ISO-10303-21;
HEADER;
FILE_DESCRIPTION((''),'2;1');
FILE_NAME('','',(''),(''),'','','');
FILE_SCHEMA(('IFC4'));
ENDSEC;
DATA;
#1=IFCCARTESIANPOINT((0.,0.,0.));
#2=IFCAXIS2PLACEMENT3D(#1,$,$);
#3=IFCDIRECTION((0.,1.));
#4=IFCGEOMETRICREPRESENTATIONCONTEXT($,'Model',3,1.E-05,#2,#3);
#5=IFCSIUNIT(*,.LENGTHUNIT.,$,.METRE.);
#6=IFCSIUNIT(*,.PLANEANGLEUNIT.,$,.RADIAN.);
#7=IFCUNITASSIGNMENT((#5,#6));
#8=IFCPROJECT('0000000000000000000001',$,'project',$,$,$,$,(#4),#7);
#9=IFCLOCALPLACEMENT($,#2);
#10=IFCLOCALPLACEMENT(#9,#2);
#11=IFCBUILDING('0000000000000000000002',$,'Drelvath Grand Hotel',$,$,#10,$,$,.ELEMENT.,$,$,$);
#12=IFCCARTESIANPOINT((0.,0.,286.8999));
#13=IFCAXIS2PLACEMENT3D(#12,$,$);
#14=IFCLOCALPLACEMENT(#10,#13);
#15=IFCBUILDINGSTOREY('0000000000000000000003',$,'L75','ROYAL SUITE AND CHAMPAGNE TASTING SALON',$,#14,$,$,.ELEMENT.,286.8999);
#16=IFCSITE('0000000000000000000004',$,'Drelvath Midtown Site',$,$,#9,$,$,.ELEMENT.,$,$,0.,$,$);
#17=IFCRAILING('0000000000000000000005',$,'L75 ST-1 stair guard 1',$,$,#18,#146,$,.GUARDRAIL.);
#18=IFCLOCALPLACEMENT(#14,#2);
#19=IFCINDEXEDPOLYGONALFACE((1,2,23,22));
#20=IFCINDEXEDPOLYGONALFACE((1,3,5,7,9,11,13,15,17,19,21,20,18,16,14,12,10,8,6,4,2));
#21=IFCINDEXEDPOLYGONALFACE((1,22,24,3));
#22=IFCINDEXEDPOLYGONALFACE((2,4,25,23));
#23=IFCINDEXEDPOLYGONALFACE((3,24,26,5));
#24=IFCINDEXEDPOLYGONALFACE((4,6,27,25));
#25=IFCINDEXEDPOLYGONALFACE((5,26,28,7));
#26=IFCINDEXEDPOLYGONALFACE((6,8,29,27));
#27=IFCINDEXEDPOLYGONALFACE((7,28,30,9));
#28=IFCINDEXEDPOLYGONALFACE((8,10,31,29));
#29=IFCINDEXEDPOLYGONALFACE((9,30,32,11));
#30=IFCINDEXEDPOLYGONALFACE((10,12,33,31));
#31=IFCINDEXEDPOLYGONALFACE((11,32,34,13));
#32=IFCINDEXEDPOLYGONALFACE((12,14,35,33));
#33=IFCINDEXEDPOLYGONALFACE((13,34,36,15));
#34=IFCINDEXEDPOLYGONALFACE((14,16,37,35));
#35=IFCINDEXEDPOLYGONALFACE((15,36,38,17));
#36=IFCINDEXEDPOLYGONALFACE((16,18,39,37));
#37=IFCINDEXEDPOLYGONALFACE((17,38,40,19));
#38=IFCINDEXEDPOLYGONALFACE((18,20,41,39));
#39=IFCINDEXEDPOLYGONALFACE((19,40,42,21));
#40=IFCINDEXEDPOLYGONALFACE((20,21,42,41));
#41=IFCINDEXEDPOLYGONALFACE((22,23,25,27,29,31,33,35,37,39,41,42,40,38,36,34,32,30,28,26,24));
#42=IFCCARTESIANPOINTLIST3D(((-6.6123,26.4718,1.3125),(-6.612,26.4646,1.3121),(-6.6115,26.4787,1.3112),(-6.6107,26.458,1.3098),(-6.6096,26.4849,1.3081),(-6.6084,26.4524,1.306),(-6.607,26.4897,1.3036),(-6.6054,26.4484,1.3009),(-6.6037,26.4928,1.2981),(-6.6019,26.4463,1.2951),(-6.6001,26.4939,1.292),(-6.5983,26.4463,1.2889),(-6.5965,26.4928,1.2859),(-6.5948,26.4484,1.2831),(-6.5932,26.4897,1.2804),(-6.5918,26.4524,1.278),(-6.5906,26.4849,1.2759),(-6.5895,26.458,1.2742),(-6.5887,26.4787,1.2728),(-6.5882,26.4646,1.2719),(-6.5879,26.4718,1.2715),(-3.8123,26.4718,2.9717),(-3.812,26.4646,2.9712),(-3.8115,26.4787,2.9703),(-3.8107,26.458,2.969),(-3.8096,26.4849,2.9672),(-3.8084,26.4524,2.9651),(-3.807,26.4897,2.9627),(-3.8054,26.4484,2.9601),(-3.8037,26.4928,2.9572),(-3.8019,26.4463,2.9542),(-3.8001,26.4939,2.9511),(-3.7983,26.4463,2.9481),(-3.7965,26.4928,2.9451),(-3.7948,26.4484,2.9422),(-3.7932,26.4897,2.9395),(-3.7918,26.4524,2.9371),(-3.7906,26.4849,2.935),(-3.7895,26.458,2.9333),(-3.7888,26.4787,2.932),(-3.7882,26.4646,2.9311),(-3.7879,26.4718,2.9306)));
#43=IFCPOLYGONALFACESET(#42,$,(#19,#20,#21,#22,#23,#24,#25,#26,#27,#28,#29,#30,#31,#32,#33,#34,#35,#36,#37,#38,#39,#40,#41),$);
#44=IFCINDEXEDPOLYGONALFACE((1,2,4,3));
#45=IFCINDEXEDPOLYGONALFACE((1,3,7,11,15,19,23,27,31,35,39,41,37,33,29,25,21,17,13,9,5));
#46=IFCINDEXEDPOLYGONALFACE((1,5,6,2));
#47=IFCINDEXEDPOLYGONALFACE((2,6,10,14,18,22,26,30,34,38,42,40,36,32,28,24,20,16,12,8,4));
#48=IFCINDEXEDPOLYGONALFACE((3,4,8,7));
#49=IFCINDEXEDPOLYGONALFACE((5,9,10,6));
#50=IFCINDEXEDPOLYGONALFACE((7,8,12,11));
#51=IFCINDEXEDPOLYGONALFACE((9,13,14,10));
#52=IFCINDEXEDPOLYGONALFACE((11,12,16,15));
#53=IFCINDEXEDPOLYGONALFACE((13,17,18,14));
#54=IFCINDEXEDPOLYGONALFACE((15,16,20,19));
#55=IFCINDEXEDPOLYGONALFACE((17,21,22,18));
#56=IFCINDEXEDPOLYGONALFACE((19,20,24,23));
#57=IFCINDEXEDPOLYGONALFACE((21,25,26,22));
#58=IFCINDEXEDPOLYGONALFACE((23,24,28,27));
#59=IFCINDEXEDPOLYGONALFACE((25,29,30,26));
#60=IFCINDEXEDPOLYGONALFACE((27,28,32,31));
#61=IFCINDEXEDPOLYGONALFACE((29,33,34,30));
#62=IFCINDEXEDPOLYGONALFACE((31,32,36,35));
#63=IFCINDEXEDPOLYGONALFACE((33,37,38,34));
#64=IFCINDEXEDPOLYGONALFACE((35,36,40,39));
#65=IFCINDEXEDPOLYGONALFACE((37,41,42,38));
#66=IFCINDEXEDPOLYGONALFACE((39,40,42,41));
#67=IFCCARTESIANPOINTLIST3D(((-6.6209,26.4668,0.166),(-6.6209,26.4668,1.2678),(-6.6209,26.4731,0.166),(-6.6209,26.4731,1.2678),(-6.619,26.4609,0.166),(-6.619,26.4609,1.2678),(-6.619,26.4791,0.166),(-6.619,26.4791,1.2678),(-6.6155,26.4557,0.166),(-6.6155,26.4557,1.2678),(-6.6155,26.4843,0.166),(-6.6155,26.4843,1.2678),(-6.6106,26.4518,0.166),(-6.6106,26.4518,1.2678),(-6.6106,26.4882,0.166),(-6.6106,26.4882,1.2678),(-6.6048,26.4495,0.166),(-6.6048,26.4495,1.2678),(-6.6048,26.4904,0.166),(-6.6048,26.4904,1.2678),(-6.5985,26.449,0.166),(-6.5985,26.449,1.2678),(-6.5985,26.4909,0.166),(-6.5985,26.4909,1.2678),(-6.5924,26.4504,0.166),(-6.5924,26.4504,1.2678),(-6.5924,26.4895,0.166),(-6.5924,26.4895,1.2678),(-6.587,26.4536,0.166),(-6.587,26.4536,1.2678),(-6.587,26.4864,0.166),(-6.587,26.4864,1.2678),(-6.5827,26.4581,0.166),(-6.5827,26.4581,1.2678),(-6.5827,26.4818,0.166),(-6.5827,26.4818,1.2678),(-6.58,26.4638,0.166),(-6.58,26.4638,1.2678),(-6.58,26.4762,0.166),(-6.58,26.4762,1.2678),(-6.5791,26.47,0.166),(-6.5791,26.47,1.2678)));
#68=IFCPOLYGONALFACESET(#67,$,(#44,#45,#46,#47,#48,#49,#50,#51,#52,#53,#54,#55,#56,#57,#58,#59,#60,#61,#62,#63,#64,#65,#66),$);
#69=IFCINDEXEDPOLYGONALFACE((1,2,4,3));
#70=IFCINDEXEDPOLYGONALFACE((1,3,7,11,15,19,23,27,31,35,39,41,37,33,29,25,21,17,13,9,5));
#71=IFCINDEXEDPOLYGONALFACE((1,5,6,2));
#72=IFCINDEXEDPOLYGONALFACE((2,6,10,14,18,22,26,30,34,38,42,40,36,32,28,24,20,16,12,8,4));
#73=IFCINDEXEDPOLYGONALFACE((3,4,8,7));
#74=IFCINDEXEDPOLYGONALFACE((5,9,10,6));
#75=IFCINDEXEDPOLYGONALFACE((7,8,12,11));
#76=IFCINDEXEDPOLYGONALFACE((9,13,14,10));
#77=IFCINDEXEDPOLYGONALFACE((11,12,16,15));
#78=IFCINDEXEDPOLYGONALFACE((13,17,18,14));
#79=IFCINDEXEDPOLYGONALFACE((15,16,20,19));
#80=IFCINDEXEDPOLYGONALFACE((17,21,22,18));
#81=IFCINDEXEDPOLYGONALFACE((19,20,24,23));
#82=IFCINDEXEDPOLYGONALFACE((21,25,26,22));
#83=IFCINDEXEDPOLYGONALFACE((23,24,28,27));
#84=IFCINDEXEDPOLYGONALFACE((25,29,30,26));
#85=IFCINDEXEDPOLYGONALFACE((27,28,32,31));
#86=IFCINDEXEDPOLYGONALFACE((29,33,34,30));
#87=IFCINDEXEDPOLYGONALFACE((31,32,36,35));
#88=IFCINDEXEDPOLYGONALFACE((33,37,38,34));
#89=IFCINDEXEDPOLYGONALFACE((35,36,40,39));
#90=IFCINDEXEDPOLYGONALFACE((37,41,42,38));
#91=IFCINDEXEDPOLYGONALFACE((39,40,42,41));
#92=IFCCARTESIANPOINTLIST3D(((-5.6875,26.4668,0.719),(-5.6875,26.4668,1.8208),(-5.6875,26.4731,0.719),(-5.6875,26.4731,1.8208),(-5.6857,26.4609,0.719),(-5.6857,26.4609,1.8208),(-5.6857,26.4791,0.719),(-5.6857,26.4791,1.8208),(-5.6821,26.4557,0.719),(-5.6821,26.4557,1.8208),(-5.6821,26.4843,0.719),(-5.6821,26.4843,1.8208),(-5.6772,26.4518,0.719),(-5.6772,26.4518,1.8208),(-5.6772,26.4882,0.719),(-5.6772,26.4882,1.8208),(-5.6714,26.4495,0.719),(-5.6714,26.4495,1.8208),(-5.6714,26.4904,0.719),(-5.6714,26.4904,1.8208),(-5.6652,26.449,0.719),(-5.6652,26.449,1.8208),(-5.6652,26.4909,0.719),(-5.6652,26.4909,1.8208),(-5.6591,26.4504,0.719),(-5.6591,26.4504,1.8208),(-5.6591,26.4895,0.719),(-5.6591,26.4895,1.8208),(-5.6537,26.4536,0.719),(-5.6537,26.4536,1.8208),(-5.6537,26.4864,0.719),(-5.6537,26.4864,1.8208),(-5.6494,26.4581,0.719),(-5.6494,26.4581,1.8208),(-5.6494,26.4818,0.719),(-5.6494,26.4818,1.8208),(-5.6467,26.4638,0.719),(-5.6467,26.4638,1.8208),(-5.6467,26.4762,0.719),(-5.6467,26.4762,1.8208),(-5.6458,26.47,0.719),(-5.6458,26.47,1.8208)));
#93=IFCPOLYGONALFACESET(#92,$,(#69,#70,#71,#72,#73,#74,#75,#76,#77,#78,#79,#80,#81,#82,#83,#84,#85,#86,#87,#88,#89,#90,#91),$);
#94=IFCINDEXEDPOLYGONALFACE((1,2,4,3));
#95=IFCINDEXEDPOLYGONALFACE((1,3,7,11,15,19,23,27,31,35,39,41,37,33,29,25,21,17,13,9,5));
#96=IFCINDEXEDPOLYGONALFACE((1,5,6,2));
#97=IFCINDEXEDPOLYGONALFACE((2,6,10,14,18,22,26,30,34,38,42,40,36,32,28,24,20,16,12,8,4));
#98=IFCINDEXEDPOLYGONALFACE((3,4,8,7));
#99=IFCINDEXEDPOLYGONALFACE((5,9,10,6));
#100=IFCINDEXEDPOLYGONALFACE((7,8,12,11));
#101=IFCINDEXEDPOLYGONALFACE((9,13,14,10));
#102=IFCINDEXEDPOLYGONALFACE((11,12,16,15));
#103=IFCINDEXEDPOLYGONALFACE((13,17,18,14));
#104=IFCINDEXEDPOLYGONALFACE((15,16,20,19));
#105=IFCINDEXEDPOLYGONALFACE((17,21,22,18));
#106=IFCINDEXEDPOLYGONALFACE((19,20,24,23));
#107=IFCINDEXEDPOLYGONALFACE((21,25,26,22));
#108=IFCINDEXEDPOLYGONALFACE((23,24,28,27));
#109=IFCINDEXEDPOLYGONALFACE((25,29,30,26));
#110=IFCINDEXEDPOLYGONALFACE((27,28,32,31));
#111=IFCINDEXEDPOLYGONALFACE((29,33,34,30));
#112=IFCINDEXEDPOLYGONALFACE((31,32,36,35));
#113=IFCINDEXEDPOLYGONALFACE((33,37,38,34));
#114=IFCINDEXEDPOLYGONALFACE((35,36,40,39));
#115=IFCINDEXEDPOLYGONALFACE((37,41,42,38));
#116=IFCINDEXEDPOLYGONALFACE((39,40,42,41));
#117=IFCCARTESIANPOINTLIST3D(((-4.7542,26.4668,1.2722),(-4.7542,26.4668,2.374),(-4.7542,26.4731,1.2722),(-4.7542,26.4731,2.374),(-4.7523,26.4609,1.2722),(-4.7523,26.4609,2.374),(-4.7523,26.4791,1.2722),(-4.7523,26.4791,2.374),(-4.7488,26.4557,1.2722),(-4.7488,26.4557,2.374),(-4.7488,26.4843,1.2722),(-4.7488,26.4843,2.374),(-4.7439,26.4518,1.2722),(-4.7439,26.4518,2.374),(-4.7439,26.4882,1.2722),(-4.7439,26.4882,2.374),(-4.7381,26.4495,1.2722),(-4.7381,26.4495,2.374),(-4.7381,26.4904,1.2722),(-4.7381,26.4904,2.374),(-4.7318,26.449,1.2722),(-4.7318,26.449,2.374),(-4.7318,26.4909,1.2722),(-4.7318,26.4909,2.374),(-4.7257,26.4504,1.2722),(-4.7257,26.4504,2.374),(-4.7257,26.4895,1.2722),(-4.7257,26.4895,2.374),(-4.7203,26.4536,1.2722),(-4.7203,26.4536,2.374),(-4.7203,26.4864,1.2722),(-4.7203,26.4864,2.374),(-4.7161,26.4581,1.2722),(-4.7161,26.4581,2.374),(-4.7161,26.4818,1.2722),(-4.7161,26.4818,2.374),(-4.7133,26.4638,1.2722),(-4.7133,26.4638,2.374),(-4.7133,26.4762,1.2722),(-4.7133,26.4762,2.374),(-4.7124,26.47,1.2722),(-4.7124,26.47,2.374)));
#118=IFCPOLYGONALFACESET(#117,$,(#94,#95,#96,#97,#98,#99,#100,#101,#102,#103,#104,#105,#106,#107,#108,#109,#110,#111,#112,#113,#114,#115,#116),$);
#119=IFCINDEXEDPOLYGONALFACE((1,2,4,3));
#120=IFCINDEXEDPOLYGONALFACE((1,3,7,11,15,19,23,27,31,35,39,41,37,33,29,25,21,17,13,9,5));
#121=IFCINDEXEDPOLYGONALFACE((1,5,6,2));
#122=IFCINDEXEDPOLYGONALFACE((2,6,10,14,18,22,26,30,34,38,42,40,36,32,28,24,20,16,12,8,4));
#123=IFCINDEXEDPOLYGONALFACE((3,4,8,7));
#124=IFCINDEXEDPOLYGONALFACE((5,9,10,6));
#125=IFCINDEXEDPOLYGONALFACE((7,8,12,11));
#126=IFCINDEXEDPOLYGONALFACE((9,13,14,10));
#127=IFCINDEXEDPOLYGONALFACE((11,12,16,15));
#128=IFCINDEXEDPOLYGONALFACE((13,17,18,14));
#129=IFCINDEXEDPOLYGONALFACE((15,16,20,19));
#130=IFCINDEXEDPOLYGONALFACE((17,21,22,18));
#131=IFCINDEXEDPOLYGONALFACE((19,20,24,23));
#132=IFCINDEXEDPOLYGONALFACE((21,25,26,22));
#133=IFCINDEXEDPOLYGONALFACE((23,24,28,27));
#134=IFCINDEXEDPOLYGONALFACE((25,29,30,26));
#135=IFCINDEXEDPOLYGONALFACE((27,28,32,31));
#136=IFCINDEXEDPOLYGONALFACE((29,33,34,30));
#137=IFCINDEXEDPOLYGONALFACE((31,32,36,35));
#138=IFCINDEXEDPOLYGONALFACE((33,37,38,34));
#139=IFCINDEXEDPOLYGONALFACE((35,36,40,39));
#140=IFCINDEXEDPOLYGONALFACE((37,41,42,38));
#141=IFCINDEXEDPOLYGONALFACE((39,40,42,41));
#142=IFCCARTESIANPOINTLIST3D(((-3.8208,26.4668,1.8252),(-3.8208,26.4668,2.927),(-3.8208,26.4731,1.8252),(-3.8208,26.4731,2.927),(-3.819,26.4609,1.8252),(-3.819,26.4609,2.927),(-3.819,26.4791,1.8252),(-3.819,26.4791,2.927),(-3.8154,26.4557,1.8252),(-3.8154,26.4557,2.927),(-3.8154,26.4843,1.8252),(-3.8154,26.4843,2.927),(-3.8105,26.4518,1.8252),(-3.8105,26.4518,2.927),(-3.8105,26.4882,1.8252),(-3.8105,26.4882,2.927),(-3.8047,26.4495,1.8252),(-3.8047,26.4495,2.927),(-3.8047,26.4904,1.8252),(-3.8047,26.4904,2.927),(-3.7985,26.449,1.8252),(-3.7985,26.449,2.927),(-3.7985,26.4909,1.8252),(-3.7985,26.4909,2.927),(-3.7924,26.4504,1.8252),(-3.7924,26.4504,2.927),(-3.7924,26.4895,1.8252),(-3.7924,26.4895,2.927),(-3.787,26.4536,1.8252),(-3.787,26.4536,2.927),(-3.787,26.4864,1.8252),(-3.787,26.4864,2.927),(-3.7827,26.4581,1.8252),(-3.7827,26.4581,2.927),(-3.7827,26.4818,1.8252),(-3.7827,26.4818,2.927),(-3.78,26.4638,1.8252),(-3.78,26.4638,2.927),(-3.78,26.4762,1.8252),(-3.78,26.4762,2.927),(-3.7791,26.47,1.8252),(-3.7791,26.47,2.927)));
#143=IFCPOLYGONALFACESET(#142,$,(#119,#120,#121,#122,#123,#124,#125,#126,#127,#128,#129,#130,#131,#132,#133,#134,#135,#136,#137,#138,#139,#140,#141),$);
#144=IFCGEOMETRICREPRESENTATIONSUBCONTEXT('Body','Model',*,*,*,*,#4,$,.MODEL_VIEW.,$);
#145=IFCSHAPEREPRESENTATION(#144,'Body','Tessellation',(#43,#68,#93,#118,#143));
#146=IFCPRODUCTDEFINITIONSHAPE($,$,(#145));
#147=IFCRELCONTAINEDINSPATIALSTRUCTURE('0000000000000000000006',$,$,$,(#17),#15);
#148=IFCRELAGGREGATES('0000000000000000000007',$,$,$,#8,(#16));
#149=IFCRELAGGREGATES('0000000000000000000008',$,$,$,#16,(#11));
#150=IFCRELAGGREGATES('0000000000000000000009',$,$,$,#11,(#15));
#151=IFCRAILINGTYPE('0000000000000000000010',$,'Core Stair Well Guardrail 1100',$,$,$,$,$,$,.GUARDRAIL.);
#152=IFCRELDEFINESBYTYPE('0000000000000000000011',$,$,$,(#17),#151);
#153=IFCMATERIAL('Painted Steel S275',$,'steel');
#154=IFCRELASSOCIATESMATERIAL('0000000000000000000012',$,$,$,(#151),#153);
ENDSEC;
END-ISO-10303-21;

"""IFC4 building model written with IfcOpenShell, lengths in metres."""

from ifc_helpers import new_model, si_unit, direction, frame, origin, origin_2d, place, context, subcontext, project, spatial, circle, extrude, material, type_object, element, save


model = new_model("IFC4")

# Units and contexts
model_context = context("Model", 3, precision=1e-05, world=origin(), true_north=direction((0.0, 1.0)))
body_context = subcontext(model_context, "Body", "Model", "MODEL_VIEW")
ifc_project = project(units=[si_unit("LENGTHUNIT", "METRE"), si_unit("PLANEANGLEUNIT", "RADIAN")], contexts=[model_context])

# Site, building, storey
site_placement = place(None, origin())
site = spatial("IfcSite", under=ifc_project, at=site_placement, Name="Drelvath Midtown Site", CompositionType="ELEMENT", RefElevation=0.0)
building_placement = place(site_placement, origin())
building = spatial("IfcBuilding", under=site, at=building_placement, Name="Drelvath Grand Hotel", CompositionType="ELEMENT")
storey_placement = place(building_placement, frame((0.0, 0.0, 286.8999)))
storey = spatial("IfcBuildingStorey", under=building, at=storey_placement, Name="L75", Description="ROYAL SUITE AND CHAMPAGNE TASTING SALON", CompositionType="ELEMENT", Elevation=286.8999)

# Shared definitions
ifc_material_1 = material(Name="Painted Steel S275", Category="steel")

# Railing
railing_type_1 = type_object("IfcRailingType", Name="Core Stair Well Guardrail 1100", PredefinedType="GUARDRAIL", material=ifc_material_1)
railing_1_placement = place(storey_placement, frame((-6.6001, 26.47, 0.166)))
element("IfcRailing", 1, at=railing_1_placement, inside=storey, type_object=railing_type_1, Name="L75 ST-1 stair guard 1", PredefinedType="GUARDRAIL", context=body_context, shape_type="SweptSolid", body=[
    extrude(circle(Radius=0.0239, at=origin_2d()), frame((0.0, 0.0, 1.126), z_axis=(0.860306, 0.0, 0.509778), x_axis=(0.0, 1.0, 0.0)), (0.0, 0.0, 1.0), 3.2546),
    extrude(circle(Radius=0.021, at=origin_2d()), origin(), (0.0, 0.0, 1.0), 1.1018),
    extrude(circle(Radius=0.021, at=origin_2d()), frame((0.9333, 0.0, 0.553)), (0.0, 0.0, 1.0), 1.1018),
    extrude(circle(Radius=0.021, at=origin_2d()), frame((1.8667, 0.0, 1.1062)), (0.0, 0.0, 1.0), 1.1018),
    extrude(circle(Radius=0.021, at=origin_2d()), frame((2.8, 0.0, 1.6592)), (0.0, 0.0, 1.0), 1.1018),
])

save(model, "model.ifc")
